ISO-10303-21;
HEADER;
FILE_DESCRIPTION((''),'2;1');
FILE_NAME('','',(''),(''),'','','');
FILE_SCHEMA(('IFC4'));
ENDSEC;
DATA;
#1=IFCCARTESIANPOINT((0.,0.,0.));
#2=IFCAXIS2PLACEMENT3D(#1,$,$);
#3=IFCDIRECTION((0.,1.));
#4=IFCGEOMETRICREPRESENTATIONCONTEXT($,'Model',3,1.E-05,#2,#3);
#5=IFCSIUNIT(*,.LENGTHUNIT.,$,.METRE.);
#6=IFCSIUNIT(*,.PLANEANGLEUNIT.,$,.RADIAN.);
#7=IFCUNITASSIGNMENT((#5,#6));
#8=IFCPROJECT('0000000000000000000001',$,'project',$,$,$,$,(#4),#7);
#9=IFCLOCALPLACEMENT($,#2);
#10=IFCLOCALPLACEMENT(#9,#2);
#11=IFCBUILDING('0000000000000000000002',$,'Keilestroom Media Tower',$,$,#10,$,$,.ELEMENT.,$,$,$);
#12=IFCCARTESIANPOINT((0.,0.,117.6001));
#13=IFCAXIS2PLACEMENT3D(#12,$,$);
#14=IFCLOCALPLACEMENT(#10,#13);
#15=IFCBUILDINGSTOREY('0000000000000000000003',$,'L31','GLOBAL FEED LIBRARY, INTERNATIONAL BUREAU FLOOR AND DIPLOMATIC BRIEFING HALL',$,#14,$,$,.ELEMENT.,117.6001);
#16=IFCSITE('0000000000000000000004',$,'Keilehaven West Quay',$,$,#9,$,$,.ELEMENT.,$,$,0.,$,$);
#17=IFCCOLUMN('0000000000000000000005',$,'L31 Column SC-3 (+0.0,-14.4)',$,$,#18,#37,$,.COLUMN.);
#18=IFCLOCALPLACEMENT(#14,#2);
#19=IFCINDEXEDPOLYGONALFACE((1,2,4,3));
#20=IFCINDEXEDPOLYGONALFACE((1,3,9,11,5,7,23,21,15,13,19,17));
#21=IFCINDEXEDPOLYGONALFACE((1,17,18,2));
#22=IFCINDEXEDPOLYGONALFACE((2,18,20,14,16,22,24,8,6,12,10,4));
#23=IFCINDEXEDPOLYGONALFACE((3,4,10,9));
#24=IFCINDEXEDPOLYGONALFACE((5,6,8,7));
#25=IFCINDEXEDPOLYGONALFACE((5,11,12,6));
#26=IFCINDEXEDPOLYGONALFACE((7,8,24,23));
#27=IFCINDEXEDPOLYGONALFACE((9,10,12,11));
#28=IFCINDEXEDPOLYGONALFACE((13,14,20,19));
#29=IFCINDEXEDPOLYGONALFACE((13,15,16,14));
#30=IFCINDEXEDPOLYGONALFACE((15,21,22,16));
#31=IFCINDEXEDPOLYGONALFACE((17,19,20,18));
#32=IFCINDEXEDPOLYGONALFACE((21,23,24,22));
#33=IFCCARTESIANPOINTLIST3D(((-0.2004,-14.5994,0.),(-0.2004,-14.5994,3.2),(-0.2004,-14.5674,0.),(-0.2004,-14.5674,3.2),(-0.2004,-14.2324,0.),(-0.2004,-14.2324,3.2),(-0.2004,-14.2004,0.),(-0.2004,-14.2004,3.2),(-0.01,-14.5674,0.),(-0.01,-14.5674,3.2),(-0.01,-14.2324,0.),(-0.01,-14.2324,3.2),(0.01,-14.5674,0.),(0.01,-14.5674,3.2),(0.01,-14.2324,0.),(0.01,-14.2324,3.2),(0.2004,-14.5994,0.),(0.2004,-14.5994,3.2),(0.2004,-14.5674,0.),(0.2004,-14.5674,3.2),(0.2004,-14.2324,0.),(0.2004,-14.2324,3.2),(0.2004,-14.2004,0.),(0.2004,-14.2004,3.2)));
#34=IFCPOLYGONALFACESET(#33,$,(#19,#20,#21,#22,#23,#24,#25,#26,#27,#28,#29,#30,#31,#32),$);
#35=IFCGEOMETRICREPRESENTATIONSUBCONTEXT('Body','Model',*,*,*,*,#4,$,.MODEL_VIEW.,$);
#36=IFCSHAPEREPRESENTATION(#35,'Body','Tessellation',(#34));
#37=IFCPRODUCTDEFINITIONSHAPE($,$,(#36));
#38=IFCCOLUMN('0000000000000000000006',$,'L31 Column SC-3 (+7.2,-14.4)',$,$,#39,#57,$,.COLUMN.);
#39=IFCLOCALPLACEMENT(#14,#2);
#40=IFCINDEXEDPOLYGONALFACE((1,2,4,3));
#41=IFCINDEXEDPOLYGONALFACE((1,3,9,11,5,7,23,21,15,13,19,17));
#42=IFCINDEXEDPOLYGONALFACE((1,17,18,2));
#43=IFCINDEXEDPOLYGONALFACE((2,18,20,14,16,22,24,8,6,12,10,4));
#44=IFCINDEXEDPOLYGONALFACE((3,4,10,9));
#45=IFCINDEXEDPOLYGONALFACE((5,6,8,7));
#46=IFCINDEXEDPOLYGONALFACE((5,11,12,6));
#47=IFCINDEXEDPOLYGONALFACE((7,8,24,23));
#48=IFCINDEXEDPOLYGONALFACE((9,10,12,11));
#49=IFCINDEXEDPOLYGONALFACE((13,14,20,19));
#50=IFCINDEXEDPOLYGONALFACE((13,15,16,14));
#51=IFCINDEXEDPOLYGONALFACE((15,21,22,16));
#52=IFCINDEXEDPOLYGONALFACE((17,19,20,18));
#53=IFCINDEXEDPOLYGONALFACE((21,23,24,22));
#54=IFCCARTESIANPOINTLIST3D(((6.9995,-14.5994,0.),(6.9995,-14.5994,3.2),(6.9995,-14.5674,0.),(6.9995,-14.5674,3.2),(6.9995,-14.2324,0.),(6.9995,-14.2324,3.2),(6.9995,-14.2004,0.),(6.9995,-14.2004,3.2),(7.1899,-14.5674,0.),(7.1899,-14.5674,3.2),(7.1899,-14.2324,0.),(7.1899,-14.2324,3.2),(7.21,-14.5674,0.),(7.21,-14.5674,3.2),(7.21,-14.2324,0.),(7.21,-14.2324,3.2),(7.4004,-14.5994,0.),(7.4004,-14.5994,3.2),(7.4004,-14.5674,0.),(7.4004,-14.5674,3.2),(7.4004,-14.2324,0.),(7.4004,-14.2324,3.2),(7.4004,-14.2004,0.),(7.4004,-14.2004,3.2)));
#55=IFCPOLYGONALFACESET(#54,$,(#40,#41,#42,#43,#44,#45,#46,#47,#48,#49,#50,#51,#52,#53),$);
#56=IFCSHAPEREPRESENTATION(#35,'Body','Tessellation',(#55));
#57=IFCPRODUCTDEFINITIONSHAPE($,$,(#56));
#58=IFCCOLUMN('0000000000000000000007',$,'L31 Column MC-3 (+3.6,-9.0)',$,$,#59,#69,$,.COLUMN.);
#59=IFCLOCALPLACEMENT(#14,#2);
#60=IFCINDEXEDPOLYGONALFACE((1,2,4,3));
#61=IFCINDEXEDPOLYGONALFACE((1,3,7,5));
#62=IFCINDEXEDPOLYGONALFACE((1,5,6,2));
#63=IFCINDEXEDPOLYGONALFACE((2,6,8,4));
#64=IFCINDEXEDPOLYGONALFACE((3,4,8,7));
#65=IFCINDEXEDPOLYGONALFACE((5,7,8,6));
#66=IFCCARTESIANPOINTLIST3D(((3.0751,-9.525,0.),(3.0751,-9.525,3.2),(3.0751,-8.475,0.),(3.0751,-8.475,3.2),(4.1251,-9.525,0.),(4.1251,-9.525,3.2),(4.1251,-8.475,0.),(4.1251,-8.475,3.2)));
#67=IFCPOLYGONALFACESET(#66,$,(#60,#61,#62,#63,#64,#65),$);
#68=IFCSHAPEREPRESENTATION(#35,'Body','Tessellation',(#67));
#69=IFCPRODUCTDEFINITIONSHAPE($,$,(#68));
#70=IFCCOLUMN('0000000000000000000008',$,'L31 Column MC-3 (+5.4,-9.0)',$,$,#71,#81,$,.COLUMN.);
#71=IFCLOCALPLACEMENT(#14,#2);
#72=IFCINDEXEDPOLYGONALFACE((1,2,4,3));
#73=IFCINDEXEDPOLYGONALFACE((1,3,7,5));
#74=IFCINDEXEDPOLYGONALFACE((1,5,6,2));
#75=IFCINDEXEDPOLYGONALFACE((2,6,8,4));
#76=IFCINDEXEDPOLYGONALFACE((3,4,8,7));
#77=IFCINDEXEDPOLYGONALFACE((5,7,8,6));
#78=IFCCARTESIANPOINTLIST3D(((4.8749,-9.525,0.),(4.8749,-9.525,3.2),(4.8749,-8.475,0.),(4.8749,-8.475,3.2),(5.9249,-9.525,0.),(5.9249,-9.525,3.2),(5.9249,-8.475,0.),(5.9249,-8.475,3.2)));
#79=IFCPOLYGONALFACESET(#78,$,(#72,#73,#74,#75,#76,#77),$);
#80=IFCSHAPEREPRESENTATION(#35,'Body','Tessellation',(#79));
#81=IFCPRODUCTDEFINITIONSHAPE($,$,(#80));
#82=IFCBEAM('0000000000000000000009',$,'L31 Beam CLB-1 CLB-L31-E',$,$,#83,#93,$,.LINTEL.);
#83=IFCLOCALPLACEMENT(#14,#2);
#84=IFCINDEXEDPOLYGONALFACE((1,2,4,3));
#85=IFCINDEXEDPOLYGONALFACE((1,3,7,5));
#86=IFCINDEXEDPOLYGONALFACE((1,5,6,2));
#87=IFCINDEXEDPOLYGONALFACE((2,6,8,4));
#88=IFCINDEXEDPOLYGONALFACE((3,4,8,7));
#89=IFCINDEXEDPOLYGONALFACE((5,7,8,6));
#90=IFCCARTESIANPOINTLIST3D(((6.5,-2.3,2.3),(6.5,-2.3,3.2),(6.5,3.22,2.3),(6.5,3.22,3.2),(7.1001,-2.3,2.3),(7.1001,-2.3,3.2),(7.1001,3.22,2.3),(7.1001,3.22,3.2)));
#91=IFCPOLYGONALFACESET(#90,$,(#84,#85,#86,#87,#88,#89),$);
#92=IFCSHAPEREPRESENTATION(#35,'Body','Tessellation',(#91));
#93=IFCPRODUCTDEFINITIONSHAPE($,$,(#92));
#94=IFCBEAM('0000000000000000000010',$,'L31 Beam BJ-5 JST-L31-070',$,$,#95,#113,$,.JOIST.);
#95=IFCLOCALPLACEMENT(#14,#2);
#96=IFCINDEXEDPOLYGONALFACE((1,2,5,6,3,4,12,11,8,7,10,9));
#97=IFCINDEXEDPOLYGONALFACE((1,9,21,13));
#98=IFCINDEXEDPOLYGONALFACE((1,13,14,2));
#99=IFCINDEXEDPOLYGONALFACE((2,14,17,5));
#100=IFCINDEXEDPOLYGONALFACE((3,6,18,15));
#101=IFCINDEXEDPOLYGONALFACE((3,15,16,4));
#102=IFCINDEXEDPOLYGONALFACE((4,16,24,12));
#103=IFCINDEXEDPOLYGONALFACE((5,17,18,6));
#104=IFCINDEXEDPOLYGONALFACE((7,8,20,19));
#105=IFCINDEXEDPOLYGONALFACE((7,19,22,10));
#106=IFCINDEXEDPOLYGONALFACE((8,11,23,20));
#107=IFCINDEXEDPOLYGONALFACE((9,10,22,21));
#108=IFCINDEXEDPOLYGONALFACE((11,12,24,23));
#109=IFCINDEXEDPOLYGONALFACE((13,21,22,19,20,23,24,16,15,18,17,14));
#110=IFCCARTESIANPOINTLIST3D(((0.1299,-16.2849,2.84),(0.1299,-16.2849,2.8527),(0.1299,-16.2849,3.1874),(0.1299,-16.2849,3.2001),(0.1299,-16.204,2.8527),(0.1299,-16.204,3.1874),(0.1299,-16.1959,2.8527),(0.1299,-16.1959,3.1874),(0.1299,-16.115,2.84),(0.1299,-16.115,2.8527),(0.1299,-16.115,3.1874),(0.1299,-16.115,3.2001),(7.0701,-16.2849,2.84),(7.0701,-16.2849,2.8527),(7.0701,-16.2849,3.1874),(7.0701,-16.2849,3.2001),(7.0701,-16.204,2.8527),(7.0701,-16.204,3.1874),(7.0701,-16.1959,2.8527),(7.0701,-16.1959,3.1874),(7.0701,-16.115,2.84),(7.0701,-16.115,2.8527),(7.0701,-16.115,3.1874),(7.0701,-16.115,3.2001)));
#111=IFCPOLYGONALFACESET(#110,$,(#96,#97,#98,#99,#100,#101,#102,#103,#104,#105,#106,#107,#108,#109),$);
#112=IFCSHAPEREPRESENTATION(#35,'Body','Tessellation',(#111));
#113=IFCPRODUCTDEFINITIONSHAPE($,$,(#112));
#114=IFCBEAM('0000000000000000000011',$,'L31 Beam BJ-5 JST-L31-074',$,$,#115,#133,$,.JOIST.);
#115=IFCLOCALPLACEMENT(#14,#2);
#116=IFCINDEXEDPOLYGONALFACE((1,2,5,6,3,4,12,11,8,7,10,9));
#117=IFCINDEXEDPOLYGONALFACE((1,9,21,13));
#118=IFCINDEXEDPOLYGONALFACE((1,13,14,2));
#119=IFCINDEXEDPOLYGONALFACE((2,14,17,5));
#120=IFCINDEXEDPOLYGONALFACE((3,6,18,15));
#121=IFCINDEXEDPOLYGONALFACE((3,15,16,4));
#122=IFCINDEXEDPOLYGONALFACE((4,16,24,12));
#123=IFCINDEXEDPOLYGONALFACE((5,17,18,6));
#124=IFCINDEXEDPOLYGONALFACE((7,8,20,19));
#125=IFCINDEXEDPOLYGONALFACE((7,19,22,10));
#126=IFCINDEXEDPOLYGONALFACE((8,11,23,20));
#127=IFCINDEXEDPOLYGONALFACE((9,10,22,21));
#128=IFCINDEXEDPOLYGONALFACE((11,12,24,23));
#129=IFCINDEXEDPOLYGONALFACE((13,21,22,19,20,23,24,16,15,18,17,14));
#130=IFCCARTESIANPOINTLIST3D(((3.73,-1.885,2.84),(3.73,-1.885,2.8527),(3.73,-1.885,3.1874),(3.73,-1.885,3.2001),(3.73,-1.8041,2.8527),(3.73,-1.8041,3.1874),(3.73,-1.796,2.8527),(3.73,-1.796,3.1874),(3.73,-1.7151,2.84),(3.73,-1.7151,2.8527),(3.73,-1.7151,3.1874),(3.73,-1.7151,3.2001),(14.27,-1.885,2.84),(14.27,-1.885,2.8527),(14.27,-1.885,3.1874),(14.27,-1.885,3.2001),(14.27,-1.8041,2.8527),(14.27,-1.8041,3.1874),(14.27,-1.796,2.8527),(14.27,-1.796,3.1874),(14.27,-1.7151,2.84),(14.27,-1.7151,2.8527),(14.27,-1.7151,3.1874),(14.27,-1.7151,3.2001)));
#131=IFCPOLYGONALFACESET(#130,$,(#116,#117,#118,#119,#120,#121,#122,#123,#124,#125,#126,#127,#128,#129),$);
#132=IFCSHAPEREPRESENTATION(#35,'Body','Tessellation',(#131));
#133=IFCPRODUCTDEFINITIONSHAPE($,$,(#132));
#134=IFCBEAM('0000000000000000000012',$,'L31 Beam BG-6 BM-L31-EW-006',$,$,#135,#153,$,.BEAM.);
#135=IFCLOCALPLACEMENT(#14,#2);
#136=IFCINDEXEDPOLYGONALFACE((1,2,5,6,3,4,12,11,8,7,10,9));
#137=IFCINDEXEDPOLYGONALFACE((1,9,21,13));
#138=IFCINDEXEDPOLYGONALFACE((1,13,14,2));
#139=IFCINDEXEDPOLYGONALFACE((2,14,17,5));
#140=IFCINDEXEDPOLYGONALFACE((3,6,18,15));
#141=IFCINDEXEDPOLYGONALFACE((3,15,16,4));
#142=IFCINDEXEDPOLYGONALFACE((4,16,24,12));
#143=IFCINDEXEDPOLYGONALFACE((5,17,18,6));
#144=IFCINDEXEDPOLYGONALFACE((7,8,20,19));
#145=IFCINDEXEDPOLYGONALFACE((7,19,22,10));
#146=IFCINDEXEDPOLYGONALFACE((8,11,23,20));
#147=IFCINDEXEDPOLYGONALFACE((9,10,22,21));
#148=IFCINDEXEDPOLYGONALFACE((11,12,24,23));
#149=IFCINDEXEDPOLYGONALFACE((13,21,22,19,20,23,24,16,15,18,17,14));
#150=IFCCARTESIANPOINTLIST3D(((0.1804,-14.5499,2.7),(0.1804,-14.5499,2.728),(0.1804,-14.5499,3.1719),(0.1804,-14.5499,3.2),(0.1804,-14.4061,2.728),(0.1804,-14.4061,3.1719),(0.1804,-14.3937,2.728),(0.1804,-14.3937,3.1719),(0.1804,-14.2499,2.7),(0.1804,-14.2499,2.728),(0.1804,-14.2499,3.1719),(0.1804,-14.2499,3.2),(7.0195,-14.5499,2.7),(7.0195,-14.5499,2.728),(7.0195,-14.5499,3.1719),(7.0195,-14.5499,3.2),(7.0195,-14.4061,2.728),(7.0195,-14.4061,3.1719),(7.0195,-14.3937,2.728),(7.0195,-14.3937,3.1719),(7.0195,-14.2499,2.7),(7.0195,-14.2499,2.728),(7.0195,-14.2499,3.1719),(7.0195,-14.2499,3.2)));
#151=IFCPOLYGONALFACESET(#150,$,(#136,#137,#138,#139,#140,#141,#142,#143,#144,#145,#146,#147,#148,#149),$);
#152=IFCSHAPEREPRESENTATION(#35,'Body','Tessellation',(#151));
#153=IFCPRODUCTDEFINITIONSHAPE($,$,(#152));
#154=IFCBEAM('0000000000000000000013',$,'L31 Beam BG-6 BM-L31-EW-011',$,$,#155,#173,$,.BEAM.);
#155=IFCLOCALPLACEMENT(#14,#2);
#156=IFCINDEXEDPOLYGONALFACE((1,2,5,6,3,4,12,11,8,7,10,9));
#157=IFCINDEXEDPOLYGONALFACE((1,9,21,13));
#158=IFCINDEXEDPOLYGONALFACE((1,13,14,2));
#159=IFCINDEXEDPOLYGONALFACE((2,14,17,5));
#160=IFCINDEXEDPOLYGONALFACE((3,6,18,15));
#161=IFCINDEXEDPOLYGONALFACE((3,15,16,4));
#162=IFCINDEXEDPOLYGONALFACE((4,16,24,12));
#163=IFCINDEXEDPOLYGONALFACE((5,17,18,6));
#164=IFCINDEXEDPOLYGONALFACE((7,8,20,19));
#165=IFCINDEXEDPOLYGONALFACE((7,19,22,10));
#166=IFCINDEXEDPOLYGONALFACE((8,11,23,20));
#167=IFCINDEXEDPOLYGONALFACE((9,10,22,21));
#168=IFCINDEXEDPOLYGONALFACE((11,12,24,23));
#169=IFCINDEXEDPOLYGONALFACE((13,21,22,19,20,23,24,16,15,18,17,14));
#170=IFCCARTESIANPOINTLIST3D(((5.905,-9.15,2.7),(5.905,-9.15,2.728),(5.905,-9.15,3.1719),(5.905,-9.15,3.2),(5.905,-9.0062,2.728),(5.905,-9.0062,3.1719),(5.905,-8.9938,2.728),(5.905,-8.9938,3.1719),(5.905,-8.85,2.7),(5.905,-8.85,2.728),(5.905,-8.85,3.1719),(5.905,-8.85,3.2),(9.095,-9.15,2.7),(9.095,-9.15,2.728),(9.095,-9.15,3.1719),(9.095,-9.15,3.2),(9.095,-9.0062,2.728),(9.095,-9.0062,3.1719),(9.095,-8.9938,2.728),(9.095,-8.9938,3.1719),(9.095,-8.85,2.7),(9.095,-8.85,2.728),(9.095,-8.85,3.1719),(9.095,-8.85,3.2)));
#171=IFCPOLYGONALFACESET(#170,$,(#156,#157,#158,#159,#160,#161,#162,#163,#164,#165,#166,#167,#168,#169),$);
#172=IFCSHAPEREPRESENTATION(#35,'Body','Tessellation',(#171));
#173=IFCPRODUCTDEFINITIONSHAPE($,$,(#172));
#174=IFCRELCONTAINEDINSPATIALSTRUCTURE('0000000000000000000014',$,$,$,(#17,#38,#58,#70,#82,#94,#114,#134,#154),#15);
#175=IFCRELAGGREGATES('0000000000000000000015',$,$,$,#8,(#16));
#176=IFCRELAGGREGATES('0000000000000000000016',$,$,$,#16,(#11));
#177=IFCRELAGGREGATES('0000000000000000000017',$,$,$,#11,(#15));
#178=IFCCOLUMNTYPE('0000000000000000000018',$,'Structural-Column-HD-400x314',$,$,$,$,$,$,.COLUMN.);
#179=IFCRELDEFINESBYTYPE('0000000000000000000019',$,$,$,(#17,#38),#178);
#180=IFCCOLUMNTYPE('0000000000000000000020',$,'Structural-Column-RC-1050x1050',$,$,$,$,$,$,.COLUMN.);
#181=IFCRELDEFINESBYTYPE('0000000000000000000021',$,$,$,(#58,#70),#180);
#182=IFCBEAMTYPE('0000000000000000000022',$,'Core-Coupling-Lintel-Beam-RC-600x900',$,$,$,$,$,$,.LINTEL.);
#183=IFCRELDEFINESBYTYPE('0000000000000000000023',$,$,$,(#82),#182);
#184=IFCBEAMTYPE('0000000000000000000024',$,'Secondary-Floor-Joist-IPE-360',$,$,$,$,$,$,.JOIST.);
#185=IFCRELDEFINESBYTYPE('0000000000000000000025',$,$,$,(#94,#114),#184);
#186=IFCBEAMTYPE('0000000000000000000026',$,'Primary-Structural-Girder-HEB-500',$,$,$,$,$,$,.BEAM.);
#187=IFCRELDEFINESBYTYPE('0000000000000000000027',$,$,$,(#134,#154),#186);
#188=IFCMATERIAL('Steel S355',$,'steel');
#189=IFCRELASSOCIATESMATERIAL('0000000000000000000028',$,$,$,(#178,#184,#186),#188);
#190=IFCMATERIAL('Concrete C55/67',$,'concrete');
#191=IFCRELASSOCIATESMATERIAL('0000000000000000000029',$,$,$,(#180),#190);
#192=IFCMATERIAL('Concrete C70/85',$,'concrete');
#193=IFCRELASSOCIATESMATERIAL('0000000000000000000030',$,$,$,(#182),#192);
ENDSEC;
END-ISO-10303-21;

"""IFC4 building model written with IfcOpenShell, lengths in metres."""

from ifc_helpers import new_model, si_unit, direction, frame, origin, origin_2d, place, context, subcontext, project, spatial, rectangle, i_section, extrude, source, transform, mapped, material, material_profile, profile_set, type_object, element, save


model = new_model("IFC4")

# Units and contexts
model_context = context("Model", 3, precision=1e-05, world=origin(), true_north=direction((0.0, 1.0)))
body_context = subcontext(model_context, "Body", "Model", "MODEL_VIEW")
ifc_project = project(units=[si_unit("LENGTHUNIT", "METRE"), si_unit("PLANEANGLEUNIT", "RADIAN")], contexts=[model_context])

# Site, building, storey
site_placement = place(None, origin())
site = spatial("IfcSite", under=ifc_project, at=site_placement, Name="Keilehaven West Quay", CompositionType="ELEMENT", RefElevation=0.0)
building_placement = place(site_placement, origin())
building = spatial("IfcBuilding", under=site, at=building_placement, Name="Keilestroom Media Tower", CompositionType="ELEMENT")
storey_placement = place(building_placement, frame((0.0, 0.0, 117.6001)))
storey = spatial("IfcBuildingStorey", under=building, at=storey_placement, Name="L31", Description="GLOBAL FEED LIBRARY, INTERNATIONAL BUREAU FLOOR AND DIPLOMATIC BRIEFING HALL", CompositionType="ELEMENT", Elevation=117.6001)

# Columns
ifc_material_1 = material(Name="Steel S355", Category="steel")
ifc_material_profile_1 = material_profile(ifc_material_1, i_section(OverallWidth=0.4009, OverallDepth=0.3989, WebThickness=0.02, FlangeThickness=0.032, at=origin_2d()), Name="HD 400x314")
ifc_profile_set_1 = profile_set([ifc_material_profile_1], Name="Steel S355")
column_type_1 = type_object("IfcColumnType", Name="Structural-Column-HD-400x314", PredefinedType="COLUMN", material=ifc_profile_set_1)
shared_shape_1 = source(origin(), body_context, "Body", "SweptSolid", [
    extrude(i_section(OverallWidth=0.4009, OverallDepth=0.3989, WebThickness=0.02, FlangeThickness=0.032, at=origin_2d()), origin(), (0.0, 0.0, 1.0), 3.2),
])
for number, where, z_axis, x_axis, name in (
    (1, (0.0, -14.3999, 0.0), (0.0, 0.0, 1.0), (1.0, 0.0, 0.0), "L31 Column SC-3 (+0.0,-14.4)"),
    (2, (7.2, -14.3999, 0.0), (0.0, 0.0, 1.0), (1.0, 0.0, 0.0), "L31 Column SC-3 (+7.2,-14.4)"),
):
    element("IfcColumn", number, at=place(storey_placement, frame(where, z_axis=z_axis, x_axis=x_axis)), inside=storey, type_object=column_type_1, Name=name, PredefinedType="COLUMN", context=body_context, shape_type="MappedRepresentation", body=[
        mapped(shared_shape_1, transform((0.0, 0.0, 0.0), x_axis=(1.0, 0.0, 0.0), y_axis=(0.0, 1.0, 0.0), z_axis=(0.0, 0.0, 1.0), scale=1.0)),
    ])
ifc_material_2 = material(Name="Concrete C55/67", Category="concrete")
ifc_material_profile_2 = material_profile(ifc_material_2, rectangle(XDim=1.05, YDim=1.05, at=origin_2d()), Name="RC 1050x1050")
ifc_profile_set_2 = profile_set([ifc_material_profile_2], Name="Concrete C55/67")
column_type_2 = type_object("IfcColumnType", Name="Structural-Column-RC-1050x1050", PredefinedType="COLUMN", material=ifc_profile_set_2)
shared_shape_2 = source(origin(), body_context, "Body", "SweptSolid", [
    extrude(rectangle(XDim=1.05, YDim=1.05, at=origin_2d()), origin(), (0.0, 0.0, 1.0), 3.2),
])
for number, where, z_axis, x_axis, name in (
    (3, (3.6001, -9.0, 0.0), (0.0, 0.0, 1.0), (1.0, 0.0, 0.0), "L31 Column MC-3 (+3.6,-9.0)"),
    (4, (5.3999, -9.0, 0.0), (0.0, 0.0, 1.0), (1.0, 0.0, 0.0), "L31 Column MC-3 (+5.4,-9.0)"),
):
    element("IfcColumn", number, at=place(storey_placement, frame(where, z_axis=z_axis, x_axis=x_axis)), inside=storey, type_object=column_type_2, Name=name, PredefinedType="COLUMN", context=body_context, shape_type="MappedRepresentation", body=[
        mapped(shared_shape_2, transform((0.0, 0.0, 0.0), x_axis=(1.0, 0.0, 0.0), y_axis=(0.0, 1.0, 0.0), z_axis=(0.0, 0.0, 1.0), scale=1.0)),
    ])

# Beams
ifc_material_3 = material(Name="Concrete C70/85", Category="concrete")
ifc_material_profile_3 = material_profile(ifc_material_3, rectangle(XDim=0.6001, YDim=0.8999, at=origin_2d()), Name="RC 600x900")
ifc_profile_set_3 = profile_set([ifc_material_profile_3], Name="Concrete C70/85")
beam_type_1 = type_object("IfcBeamType", Name="Core-Coupling-Lintel-Beam-RC-600x900", PredefinedType="LINTEL", material=ifc_profile_set_3)
shared_shape_3 = source(origin(), body_context, "Body", "SweptSolid", [
    extrude(rectangle(XDim=0.6001, YDim=0.8999, at=origin_2d()), origin(), (0.0, 0.0, 1.0), 5.52),
])
beam_1_placement = place(storey_placement, frame((6.8, -2.3, 2.75), z_axis=(0.0, 1.0, 0.0), x_axis=(-1.0, 0.0, 0.0)))
element("IfcBeam", 5, at=beam_1_placement, inside=storey, type_object=beam_type_1, Name="L31 Beam CLB-1 CLB-L31-E", PredefinedType="LINTEL", context=body_context, shape_type="MappedRepresentation", body=[
    mapped(shared_shape_3, transform((0.0, 0.0, 0.0), x_axis=(1.0, 0.0, 0.0), y_axis=(0.0, 1.0, 0.0), z_axis=(0.0, 0.0, 1.0), scale=1.0)),
])
ifc_material_profile_4 = material_profile(ifc_material_1, i_section(OverallWidth=0.1699, OverallDepth=0.3601, WebThickness=0.0081, FlangeThickness=0.0127, at=origin_2d()), Name="IPE 360")
ifc_profile_set_4 = profile_set([ifc_material_profile_4], Name="Steel S355")
beam_type_2 = type_object("IfcBeamType", Name="Secondary-Floor-Joist-IPE-360", PredefinedType="JOIST", material=ifc_profile_set_4)
shared_shape_4 = source(origin(), body_context, "Body", "SweptSolid", [
    extrude(i_section(OverallWidth=0.1699, OverallDepth=0.3601, WebThickness=0.0081, FlangeThickness=0.0127, at=origin_2d()), origin(), (0.0, 0.0, 1.0), 6.9402),
])
beam_2_placement = place(storey_placement, frame((0.1299, -16.2, 3.02), z_axis=(1.0, 0.0, 0.0), x_axis=(0.0, 1.0, 0.0)))
element("IfcBeam", 6, at=beam_2_placement, inside=storey, type_object=beam_type_2, Name="L31 Beam BJ-5 JST-L31-070", PredefinedType="JOIST", context=body_context, shape_type="MappedRepresentation", body=[
    mapped(shared_shape_4, transform((0.0, 0.0, 0.0), x_axis=(1.0, 0.0, 0.0), y_axis=(0.0, 1.0, 0.0), z_axis=(0.0, 0.0, 1.0), scale=1.0)),
])
shared_shape_5 = source(origin(), body_context, "Body", "SweptSolid", [
    extrude(i_section(OverallWidth=0.1699, OverallDepth=0.3601, WebThickness=0.0081, FlangeThickness=0.0127, at=origin_2d()), origin(), (0.0, 0.0, 1.0), 10.54),
])
beam_3_placement = place(storey_placement, frame((3.73, -1.8, 3.02), z_axis=(1.0, 0.0, 0.0), x_axis=(0.0, 1.0, 0.0)))
element("IfcBeam", 7, at=beam_3_placement, inside=storey, type_object=beam_type_2, Name="L31 Beam BJ-5 JST-L31-074", PredefinedType="JOIST", context=body_context, shape_type="MappedRepresentation", body=[
    mapped(shared_shape_5, transform((0.0, 0.0, 0.0), x_axis=(1.0, 0.0, 0.0), y_axis=(0.0, 1.0, 0.0), z_axis=(0.0, 0.0, 1.0), scale=1.0)),
])
ifc_material_profile_5 = material_profile(ifc_material_1, i_section(OverallWidth=0.3, OverallDepth=0.5, WebThickness=0.0125, FlangeThickness=0.0281, at=origin_2d()), Name="HEB 500")
ifc_profile_set_5 = profile_set([ifc_material_profile_5], Name="Steel S355")
beam_type_3 = type_object("IfcBeamType", Name="Primary-Structural-Girder-HEB-500", PredefinedType="BEAM", material=ifc_profile_set_5)
shared_shape_6 = source(origin(), body_context, "Body", "SweptSolid", [
    extrude(i_section(OverallWidth=0.3, OverallDepth=0.5, WebThickness=0.0125, FlangeThickness=0.0281, at=origin_2d()), origin(), (0.0, 0.0, 1.0), 6.8391),
])
beam_4_placement = place(storey_placement, frame((0.1804, -14.3999, 2.95), z_axis=(1.0, 0.0, 0.0), x_axis=(0.0, 1.0, 0.0)))
element("IfcBeam", 8, at=beam_4_placement, inside=storey, type_object=beam_type_3, Name="L31 Beam BG-6 BM-L31-EW-006", PredefinedType="BEAM", context=body_context, shape_type="MappedRepresentation", body=[
    mapped(shared_shape_6, transform((0.0, 0.0, 0.0), x_axis=(1.0, 0.0, 0.0), y_axis=(0.0, 1.0, 0.0), z_axis=(0.0, 0.0, 1.0), scale=1.0)),
])
shared_shape_7 = source(origin(), body_context, "Body", "SweptSolid", [
    extrude(i_section(OverallWidth=0.3, OverallDepth=0.5, WebThickness=0.0125, FlangeThickness=0.0281, at=origin_2d()), origin(), (0.0, 0.0, 1.0), 3.1899),
])
beam_5_placement = place(storey_placement, frame((5.905, -9.0, 2.95), z_axis=(1.0, 0.0, 0.0), x_axis=(0.0, 1.0, 0.0)))
element("IfcBeam", 9, at=beam_5_placement, inside=storey, type_object=beam_type_3, Name="L31 Beam BG-6 BM-L31-EW-011", PredefinedType="BEAM", context=body_context, shape_type="MappedRepresentation", body=[
    mapped(shared_shape_7, transform((0.0, 0.0, 0.0), x_axis=(1.0, 0.0, 0.0), y_axis=(0.0, 1.0, 0.0), z_axis=(0.0, 0.0, 1.0), scale=1.0)),
])

save(model, "model.ifc")
